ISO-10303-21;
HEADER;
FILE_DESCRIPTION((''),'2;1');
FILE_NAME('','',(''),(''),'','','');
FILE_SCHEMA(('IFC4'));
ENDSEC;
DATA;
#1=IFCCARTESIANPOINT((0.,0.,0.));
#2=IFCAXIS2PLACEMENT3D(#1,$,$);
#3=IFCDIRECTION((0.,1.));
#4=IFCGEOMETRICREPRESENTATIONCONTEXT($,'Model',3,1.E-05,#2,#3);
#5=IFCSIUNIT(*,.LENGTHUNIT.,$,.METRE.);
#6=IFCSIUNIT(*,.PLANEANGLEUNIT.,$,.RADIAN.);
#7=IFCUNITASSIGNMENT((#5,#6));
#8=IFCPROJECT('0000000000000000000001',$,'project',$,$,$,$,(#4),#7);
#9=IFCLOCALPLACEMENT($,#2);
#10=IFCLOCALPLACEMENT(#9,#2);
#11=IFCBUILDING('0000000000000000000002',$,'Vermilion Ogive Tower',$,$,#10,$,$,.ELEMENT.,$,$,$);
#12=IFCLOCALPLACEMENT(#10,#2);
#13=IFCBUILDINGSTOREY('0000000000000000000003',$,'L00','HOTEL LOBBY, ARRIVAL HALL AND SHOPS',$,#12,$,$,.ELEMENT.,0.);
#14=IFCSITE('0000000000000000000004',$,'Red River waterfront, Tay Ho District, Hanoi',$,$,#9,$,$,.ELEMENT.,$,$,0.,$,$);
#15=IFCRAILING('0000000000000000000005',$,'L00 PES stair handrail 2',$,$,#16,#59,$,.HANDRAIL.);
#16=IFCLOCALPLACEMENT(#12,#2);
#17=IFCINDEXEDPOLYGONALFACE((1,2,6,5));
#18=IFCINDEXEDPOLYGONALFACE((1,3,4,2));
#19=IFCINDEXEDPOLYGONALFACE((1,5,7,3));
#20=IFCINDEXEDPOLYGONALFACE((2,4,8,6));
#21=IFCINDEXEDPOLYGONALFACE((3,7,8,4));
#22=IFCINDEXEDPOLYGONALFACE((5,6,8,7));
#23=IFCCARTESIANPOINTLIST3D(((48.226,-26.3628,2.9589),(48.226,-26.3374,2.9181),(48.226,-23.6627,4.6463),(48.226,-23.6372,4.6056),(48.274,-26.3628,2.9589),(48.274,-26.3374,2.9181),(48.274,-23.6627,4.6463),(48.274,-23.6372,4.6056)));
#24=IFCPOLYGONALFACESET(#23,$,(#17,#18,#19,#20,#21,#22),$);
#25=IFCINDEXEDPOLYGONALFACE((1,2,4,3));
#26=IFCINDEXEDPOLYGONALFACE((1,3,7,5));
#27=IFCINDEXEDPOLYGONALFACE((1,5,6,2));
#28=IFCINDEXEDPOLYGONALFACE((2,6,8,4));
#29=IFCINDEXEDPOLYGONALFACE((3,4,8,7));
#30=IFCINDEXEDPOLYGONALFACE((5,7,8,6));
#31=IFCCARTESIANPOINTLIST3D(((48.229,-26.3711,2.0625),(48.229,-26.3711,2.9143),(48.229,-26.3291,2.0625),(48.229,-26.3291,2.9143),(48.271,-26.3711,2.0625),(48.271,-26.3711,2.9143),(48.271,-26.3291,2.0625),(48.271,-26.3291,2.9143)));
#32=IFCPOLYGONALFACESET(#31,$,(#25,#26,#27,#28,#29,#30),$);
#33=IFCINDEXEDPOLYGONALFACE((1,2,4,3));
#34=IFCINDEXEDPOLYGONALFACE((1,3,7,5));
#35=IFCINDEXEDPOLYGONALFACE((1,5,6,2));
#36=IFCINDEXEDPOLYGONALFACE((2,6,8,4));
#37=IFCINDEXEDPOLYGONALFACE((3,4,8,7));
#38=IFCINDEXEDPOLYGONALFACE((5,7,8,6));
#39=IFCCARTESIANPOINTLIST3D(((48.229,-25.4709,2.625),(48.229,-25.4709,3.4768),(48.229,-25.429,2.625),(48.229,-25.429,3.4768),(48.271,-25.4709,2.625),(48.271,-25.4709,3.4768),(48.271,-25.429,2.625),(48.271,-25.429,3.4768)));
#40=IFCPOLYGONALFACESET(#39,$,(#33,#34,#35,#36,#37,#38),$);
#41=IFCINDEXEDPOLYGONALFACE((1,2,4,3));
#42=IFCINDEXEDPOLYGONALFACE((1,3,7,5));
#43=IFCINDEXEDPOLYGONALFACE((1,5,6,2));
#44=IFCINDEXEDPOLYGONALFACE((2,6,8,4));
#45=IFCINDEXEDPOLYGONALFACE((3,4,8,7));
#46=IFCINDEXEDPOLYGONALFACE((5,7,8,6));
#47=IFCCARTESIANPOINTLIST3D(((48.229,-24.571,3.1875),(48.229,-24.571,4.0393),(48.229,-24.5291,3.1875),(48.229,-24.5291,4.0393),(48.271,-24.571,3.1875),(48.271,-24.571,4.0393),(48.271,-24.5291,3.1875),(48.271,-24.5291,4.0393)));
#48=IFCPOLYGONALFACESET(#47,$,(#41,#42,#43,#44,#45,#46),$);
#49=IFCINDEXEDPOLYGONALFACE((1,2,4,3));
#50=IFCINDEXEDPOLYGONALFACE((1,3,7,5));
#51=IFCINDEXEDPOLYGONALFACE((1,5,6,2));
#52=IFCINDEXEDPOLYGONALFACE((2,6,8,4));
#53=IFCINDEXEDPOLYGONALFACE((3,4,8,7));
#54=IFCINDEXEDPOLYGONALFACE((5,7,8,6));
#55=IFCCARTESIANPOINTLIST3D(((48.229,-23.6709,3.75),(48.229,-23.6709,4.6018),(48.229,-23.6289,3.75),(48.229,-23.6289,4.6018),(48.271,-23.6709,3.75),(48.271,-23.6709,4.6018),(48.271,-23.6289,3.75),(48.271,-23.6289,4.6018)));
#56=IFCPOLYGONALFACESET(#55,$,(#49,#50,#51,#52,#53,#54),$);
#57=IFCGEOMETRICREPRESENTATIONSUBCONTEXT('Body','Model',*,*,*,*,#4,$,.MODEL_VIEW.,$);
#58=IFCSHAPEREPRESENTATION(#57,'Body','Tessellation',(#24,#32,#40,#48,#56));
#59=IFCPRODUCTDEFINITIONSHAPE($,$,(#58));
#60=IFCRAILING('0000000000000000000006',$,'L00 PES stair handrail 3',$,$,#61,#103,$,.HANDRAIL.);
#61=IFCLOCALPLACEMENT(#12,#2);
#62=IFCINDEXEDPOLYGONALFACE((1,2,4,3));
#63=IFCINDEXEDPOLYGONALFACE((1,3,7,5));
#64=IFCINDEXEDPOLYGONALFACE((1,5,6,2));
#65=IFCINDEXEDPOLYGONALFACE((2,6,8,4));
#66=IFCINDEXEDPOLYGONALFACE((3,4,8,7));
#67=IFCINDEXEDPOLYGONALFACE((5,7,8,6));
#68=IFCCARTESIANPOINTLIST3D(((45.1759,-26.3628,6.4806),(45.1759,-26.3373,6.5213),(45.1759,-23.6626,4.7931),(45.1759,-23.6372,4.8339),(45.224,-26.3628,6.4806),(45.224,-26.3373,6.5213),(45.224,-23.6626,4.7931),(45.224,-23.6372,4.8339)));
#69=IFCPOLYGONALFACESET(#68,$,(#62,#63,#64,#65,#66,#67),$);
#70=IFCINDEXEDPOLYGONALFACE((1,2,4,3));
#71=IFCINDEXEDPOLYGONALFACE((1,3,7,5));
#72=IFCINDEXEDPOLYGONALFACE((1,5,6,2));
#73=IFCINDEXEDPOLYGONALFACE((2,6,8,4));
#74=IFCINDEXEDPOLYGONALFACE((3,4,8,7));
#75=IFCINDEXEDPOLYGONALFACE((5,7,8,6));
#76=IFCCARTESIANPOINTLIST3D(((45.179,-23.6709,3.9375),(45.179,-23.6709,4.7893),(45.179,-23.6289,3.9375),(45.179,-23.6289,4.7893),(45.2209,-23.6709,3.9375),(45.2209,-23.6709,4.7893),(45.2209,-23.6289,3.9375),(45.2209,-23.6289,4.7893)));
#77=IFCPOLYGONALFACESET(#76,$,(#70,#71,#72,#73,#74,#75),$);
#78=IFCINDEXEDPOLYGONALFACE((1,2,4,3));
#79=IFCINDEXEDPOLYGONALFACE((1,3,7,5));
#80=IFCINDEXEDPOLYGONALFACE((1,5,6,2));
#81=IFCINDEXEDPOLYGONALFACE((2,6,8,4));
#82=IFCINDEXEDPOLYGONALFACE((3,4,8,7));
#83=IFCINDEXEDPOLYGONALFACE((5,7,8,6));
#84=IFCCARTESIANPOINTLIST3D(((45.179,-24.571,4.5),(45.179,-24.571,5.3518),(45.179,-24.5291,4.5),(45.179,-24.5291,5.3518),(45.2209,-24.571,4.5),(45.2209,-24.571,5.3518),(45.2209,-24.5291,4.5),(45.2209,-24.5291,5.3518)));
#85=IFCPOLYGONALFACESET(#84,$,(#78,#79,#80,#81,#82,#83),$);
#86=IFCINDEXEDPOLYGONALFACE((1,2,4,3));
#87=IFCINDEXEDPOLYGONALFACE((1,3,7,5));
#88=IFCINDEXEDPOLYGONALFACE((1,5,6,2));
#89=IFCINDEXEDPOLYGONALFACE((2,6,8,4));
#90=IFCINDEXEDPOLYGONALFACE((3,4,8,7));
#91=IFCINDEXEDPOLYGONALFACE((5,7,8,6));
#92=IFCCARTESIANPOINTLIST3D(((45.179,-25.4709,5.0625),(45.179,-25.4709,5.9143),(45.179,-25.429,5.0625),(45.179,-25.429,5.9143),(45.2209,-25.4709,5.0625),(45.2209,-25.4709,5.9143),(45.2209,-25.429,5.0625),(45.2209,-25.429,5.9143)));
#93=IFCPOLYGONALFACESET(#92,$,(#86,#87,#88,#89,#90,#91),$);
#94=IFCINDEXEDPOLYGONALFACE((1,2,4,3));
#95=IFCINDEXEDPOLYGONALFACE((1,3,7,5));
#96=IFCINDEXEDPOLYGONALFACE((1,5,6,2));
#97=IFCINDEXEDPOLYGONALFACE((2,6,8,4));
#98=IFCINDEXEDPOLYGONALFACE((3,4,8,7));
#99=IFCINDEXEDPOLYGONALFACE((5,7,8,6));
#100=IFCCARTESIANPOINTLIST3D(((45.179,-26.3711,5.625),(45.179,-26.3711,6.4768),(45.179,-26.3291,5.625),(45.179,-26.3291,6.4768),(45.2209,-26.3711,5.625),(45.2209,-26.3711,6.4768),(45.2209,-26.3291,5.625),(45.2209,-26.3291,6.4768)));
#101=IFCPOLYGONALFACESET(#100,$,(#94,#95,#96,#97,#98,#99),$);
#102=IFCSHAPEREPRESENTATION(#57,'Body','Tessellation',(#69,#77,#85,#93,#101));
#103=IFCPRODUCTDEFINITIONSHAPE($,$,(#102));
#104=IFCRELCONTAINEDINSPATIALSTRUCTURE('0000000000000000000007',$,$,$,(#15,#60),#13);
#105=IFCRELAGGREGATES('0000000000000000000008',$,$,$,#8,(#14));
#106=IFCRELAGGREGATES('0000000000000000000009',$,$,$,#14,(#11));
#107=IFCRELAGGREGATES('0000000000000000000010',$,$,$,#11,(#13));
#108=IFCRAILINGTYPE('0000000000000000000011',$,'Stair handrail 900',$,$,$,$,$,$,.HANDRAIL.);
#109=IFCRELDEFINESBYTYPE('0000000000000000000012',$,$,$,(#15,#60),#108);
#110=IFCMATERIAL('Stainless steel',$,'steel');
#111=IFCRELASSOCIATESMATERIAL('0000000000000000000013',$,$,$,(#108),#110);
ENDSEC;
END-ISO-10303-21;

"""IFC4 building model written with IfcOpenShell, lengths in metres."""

from ifc_helpers import new_model, si_unit, direction, frame, origin, origin_2d, place, context, subcontext, project, spatial, rectangle, extrude, material, type_object, element, save


model = new_model("IFC4")

# Units and contexts
model_context = context("Model", 3, precision=1e-05, world=origin(), true_north=direction((0.0, 1.0)))
body_context = subcontext(model_context, "Body", "Model", "MODEL_VIEW")
ifc_project = project(units=[si_unit("LENGTHUNIT", "METRE"), si_unit("PLANEANGLEUNIT", "RADIAN")], contexts=[model_context])

# Site, building, storey
site_placement = place(None, origin())
site = spatial("IfcSite", under=ifc_project, at=site_placement, Name="Red River waterfront, Tay Ho District, Hanoi", CompositionType="ELEMENT", RefElevation=0.0)
building_placement = place(site_placement, origin())
building = spatial("IfcBuilding", under=site, at=building_placement, Name="Vermilion Ogive Tower", CompositionType="ELEMENT")
storey_placement = place(building_placement, origin())
storey = spatial("IfcBuildingStorey", under=building, at=storey_placement, Name="L00", Description="HOTEL LOBBY, ARRIVAL HALL AND SHOPS", CompositionType="ELEMENT", Elevation=0.0)

# Railings
ifc_material_1 = material(Name="Stainless steel", Category="steel")
railing_type_1 = type_object("IfcRailingType", Name="Stair handrail 900", PredefinedType="HANDRAIL", material=ifc_material_1)
railing_1_placement = place(storey_placement, frame((48.25, -26.3501, 2.0625)))
element("IfcRailing", 1, at=railing_1_placement, inside=storey, type_object=railing_type_1, Name="L00 PES stair handrail 2", PredefinedType="HANDRAIL", context=body_context, shape_type="SweptSolid", body=[
    extrude(rectangle(XDim=0.0481, YDim=0.0481, at=origin_2d()), frame((0.0, 0.0, 0.876), z_axis=(0.0, 0.848016, 0.529971), x_axis=(-1.0, 0.0, 0.0)), (0.0, 0.0, 1.0), 3.1841),
    extrude(rectangle(XDim=0.042, YDim=0.042, at=origin_2d()), origin(), (0.0, 0.0, 1.0), 0.8518),
    extrude(rectangle(XDim=0.042, YDim=0.042, at=origin_2d()), frame((0.0, 0.9001, 0.5625)), (0.0, 0.0, 1.0), 0.8518),
    extrude(rectangle(XDim=0.042, YDim=0.042, at=origin_2d()), frame((0.0, 1.8, 1.125)), (0.0, 0.0, 1.0), 0.8518),
    extrude(rectangle(XDim=0.042, YDim=0.042, at=origin_2d()), frame((0.0, 2.7002, 1.6875)), (0.0, 0.0, 1.0), 0.8518),
])
railing_2_placement = place(storey_placement, frame((45.2, -23.6499, 3.9375)))
element("IfcRailing", 2, at=railing_2_placement, inside=storey, type_object=railing_type_1, Name="L00 PES stair handrail 3", PredefinedType="HANDRAIL", context=body_context, shape_type="SweptSolid", body=[
    extrude(rectangle(XDim=0.0481, YDim=0.0481, at=origin_2d()), frame((0.0, 0.0, 0.876), z_axis=(0.0, -0.848016, 0.529971), x_axis=(1.0, 0.0, 0.0)), (0.0, 0.0, 1.0), 3.1841),
    extrude(rectangle(XDim=0.042, YDim=0.042, at=origin_2d()), origin(), (0.0, 0.0, 1.0), 0.8518),
    extrude(rectangle(XDim=0.042, YDim=0.042, at=origin_2d()), frame((0.0, -0.9001, 0.5625)), (0.0, 0.0, 1.0), 0.8518),
    extrude(rectangle(XDim=0.042, YDim=0.042, at=origin_2d()), frame((0.0, -1.8, 1.125)), (0.0, 0.0, 1.0), 0.8518),
    extrude(rectangle(XDim=0.042, YDim=0.042, at=origin_2d()), frame((0.0, -2.7002, 1.6875)), (0.0, 0.0, 1.0), 0.8518),
])

save(model, "model.ifc")
